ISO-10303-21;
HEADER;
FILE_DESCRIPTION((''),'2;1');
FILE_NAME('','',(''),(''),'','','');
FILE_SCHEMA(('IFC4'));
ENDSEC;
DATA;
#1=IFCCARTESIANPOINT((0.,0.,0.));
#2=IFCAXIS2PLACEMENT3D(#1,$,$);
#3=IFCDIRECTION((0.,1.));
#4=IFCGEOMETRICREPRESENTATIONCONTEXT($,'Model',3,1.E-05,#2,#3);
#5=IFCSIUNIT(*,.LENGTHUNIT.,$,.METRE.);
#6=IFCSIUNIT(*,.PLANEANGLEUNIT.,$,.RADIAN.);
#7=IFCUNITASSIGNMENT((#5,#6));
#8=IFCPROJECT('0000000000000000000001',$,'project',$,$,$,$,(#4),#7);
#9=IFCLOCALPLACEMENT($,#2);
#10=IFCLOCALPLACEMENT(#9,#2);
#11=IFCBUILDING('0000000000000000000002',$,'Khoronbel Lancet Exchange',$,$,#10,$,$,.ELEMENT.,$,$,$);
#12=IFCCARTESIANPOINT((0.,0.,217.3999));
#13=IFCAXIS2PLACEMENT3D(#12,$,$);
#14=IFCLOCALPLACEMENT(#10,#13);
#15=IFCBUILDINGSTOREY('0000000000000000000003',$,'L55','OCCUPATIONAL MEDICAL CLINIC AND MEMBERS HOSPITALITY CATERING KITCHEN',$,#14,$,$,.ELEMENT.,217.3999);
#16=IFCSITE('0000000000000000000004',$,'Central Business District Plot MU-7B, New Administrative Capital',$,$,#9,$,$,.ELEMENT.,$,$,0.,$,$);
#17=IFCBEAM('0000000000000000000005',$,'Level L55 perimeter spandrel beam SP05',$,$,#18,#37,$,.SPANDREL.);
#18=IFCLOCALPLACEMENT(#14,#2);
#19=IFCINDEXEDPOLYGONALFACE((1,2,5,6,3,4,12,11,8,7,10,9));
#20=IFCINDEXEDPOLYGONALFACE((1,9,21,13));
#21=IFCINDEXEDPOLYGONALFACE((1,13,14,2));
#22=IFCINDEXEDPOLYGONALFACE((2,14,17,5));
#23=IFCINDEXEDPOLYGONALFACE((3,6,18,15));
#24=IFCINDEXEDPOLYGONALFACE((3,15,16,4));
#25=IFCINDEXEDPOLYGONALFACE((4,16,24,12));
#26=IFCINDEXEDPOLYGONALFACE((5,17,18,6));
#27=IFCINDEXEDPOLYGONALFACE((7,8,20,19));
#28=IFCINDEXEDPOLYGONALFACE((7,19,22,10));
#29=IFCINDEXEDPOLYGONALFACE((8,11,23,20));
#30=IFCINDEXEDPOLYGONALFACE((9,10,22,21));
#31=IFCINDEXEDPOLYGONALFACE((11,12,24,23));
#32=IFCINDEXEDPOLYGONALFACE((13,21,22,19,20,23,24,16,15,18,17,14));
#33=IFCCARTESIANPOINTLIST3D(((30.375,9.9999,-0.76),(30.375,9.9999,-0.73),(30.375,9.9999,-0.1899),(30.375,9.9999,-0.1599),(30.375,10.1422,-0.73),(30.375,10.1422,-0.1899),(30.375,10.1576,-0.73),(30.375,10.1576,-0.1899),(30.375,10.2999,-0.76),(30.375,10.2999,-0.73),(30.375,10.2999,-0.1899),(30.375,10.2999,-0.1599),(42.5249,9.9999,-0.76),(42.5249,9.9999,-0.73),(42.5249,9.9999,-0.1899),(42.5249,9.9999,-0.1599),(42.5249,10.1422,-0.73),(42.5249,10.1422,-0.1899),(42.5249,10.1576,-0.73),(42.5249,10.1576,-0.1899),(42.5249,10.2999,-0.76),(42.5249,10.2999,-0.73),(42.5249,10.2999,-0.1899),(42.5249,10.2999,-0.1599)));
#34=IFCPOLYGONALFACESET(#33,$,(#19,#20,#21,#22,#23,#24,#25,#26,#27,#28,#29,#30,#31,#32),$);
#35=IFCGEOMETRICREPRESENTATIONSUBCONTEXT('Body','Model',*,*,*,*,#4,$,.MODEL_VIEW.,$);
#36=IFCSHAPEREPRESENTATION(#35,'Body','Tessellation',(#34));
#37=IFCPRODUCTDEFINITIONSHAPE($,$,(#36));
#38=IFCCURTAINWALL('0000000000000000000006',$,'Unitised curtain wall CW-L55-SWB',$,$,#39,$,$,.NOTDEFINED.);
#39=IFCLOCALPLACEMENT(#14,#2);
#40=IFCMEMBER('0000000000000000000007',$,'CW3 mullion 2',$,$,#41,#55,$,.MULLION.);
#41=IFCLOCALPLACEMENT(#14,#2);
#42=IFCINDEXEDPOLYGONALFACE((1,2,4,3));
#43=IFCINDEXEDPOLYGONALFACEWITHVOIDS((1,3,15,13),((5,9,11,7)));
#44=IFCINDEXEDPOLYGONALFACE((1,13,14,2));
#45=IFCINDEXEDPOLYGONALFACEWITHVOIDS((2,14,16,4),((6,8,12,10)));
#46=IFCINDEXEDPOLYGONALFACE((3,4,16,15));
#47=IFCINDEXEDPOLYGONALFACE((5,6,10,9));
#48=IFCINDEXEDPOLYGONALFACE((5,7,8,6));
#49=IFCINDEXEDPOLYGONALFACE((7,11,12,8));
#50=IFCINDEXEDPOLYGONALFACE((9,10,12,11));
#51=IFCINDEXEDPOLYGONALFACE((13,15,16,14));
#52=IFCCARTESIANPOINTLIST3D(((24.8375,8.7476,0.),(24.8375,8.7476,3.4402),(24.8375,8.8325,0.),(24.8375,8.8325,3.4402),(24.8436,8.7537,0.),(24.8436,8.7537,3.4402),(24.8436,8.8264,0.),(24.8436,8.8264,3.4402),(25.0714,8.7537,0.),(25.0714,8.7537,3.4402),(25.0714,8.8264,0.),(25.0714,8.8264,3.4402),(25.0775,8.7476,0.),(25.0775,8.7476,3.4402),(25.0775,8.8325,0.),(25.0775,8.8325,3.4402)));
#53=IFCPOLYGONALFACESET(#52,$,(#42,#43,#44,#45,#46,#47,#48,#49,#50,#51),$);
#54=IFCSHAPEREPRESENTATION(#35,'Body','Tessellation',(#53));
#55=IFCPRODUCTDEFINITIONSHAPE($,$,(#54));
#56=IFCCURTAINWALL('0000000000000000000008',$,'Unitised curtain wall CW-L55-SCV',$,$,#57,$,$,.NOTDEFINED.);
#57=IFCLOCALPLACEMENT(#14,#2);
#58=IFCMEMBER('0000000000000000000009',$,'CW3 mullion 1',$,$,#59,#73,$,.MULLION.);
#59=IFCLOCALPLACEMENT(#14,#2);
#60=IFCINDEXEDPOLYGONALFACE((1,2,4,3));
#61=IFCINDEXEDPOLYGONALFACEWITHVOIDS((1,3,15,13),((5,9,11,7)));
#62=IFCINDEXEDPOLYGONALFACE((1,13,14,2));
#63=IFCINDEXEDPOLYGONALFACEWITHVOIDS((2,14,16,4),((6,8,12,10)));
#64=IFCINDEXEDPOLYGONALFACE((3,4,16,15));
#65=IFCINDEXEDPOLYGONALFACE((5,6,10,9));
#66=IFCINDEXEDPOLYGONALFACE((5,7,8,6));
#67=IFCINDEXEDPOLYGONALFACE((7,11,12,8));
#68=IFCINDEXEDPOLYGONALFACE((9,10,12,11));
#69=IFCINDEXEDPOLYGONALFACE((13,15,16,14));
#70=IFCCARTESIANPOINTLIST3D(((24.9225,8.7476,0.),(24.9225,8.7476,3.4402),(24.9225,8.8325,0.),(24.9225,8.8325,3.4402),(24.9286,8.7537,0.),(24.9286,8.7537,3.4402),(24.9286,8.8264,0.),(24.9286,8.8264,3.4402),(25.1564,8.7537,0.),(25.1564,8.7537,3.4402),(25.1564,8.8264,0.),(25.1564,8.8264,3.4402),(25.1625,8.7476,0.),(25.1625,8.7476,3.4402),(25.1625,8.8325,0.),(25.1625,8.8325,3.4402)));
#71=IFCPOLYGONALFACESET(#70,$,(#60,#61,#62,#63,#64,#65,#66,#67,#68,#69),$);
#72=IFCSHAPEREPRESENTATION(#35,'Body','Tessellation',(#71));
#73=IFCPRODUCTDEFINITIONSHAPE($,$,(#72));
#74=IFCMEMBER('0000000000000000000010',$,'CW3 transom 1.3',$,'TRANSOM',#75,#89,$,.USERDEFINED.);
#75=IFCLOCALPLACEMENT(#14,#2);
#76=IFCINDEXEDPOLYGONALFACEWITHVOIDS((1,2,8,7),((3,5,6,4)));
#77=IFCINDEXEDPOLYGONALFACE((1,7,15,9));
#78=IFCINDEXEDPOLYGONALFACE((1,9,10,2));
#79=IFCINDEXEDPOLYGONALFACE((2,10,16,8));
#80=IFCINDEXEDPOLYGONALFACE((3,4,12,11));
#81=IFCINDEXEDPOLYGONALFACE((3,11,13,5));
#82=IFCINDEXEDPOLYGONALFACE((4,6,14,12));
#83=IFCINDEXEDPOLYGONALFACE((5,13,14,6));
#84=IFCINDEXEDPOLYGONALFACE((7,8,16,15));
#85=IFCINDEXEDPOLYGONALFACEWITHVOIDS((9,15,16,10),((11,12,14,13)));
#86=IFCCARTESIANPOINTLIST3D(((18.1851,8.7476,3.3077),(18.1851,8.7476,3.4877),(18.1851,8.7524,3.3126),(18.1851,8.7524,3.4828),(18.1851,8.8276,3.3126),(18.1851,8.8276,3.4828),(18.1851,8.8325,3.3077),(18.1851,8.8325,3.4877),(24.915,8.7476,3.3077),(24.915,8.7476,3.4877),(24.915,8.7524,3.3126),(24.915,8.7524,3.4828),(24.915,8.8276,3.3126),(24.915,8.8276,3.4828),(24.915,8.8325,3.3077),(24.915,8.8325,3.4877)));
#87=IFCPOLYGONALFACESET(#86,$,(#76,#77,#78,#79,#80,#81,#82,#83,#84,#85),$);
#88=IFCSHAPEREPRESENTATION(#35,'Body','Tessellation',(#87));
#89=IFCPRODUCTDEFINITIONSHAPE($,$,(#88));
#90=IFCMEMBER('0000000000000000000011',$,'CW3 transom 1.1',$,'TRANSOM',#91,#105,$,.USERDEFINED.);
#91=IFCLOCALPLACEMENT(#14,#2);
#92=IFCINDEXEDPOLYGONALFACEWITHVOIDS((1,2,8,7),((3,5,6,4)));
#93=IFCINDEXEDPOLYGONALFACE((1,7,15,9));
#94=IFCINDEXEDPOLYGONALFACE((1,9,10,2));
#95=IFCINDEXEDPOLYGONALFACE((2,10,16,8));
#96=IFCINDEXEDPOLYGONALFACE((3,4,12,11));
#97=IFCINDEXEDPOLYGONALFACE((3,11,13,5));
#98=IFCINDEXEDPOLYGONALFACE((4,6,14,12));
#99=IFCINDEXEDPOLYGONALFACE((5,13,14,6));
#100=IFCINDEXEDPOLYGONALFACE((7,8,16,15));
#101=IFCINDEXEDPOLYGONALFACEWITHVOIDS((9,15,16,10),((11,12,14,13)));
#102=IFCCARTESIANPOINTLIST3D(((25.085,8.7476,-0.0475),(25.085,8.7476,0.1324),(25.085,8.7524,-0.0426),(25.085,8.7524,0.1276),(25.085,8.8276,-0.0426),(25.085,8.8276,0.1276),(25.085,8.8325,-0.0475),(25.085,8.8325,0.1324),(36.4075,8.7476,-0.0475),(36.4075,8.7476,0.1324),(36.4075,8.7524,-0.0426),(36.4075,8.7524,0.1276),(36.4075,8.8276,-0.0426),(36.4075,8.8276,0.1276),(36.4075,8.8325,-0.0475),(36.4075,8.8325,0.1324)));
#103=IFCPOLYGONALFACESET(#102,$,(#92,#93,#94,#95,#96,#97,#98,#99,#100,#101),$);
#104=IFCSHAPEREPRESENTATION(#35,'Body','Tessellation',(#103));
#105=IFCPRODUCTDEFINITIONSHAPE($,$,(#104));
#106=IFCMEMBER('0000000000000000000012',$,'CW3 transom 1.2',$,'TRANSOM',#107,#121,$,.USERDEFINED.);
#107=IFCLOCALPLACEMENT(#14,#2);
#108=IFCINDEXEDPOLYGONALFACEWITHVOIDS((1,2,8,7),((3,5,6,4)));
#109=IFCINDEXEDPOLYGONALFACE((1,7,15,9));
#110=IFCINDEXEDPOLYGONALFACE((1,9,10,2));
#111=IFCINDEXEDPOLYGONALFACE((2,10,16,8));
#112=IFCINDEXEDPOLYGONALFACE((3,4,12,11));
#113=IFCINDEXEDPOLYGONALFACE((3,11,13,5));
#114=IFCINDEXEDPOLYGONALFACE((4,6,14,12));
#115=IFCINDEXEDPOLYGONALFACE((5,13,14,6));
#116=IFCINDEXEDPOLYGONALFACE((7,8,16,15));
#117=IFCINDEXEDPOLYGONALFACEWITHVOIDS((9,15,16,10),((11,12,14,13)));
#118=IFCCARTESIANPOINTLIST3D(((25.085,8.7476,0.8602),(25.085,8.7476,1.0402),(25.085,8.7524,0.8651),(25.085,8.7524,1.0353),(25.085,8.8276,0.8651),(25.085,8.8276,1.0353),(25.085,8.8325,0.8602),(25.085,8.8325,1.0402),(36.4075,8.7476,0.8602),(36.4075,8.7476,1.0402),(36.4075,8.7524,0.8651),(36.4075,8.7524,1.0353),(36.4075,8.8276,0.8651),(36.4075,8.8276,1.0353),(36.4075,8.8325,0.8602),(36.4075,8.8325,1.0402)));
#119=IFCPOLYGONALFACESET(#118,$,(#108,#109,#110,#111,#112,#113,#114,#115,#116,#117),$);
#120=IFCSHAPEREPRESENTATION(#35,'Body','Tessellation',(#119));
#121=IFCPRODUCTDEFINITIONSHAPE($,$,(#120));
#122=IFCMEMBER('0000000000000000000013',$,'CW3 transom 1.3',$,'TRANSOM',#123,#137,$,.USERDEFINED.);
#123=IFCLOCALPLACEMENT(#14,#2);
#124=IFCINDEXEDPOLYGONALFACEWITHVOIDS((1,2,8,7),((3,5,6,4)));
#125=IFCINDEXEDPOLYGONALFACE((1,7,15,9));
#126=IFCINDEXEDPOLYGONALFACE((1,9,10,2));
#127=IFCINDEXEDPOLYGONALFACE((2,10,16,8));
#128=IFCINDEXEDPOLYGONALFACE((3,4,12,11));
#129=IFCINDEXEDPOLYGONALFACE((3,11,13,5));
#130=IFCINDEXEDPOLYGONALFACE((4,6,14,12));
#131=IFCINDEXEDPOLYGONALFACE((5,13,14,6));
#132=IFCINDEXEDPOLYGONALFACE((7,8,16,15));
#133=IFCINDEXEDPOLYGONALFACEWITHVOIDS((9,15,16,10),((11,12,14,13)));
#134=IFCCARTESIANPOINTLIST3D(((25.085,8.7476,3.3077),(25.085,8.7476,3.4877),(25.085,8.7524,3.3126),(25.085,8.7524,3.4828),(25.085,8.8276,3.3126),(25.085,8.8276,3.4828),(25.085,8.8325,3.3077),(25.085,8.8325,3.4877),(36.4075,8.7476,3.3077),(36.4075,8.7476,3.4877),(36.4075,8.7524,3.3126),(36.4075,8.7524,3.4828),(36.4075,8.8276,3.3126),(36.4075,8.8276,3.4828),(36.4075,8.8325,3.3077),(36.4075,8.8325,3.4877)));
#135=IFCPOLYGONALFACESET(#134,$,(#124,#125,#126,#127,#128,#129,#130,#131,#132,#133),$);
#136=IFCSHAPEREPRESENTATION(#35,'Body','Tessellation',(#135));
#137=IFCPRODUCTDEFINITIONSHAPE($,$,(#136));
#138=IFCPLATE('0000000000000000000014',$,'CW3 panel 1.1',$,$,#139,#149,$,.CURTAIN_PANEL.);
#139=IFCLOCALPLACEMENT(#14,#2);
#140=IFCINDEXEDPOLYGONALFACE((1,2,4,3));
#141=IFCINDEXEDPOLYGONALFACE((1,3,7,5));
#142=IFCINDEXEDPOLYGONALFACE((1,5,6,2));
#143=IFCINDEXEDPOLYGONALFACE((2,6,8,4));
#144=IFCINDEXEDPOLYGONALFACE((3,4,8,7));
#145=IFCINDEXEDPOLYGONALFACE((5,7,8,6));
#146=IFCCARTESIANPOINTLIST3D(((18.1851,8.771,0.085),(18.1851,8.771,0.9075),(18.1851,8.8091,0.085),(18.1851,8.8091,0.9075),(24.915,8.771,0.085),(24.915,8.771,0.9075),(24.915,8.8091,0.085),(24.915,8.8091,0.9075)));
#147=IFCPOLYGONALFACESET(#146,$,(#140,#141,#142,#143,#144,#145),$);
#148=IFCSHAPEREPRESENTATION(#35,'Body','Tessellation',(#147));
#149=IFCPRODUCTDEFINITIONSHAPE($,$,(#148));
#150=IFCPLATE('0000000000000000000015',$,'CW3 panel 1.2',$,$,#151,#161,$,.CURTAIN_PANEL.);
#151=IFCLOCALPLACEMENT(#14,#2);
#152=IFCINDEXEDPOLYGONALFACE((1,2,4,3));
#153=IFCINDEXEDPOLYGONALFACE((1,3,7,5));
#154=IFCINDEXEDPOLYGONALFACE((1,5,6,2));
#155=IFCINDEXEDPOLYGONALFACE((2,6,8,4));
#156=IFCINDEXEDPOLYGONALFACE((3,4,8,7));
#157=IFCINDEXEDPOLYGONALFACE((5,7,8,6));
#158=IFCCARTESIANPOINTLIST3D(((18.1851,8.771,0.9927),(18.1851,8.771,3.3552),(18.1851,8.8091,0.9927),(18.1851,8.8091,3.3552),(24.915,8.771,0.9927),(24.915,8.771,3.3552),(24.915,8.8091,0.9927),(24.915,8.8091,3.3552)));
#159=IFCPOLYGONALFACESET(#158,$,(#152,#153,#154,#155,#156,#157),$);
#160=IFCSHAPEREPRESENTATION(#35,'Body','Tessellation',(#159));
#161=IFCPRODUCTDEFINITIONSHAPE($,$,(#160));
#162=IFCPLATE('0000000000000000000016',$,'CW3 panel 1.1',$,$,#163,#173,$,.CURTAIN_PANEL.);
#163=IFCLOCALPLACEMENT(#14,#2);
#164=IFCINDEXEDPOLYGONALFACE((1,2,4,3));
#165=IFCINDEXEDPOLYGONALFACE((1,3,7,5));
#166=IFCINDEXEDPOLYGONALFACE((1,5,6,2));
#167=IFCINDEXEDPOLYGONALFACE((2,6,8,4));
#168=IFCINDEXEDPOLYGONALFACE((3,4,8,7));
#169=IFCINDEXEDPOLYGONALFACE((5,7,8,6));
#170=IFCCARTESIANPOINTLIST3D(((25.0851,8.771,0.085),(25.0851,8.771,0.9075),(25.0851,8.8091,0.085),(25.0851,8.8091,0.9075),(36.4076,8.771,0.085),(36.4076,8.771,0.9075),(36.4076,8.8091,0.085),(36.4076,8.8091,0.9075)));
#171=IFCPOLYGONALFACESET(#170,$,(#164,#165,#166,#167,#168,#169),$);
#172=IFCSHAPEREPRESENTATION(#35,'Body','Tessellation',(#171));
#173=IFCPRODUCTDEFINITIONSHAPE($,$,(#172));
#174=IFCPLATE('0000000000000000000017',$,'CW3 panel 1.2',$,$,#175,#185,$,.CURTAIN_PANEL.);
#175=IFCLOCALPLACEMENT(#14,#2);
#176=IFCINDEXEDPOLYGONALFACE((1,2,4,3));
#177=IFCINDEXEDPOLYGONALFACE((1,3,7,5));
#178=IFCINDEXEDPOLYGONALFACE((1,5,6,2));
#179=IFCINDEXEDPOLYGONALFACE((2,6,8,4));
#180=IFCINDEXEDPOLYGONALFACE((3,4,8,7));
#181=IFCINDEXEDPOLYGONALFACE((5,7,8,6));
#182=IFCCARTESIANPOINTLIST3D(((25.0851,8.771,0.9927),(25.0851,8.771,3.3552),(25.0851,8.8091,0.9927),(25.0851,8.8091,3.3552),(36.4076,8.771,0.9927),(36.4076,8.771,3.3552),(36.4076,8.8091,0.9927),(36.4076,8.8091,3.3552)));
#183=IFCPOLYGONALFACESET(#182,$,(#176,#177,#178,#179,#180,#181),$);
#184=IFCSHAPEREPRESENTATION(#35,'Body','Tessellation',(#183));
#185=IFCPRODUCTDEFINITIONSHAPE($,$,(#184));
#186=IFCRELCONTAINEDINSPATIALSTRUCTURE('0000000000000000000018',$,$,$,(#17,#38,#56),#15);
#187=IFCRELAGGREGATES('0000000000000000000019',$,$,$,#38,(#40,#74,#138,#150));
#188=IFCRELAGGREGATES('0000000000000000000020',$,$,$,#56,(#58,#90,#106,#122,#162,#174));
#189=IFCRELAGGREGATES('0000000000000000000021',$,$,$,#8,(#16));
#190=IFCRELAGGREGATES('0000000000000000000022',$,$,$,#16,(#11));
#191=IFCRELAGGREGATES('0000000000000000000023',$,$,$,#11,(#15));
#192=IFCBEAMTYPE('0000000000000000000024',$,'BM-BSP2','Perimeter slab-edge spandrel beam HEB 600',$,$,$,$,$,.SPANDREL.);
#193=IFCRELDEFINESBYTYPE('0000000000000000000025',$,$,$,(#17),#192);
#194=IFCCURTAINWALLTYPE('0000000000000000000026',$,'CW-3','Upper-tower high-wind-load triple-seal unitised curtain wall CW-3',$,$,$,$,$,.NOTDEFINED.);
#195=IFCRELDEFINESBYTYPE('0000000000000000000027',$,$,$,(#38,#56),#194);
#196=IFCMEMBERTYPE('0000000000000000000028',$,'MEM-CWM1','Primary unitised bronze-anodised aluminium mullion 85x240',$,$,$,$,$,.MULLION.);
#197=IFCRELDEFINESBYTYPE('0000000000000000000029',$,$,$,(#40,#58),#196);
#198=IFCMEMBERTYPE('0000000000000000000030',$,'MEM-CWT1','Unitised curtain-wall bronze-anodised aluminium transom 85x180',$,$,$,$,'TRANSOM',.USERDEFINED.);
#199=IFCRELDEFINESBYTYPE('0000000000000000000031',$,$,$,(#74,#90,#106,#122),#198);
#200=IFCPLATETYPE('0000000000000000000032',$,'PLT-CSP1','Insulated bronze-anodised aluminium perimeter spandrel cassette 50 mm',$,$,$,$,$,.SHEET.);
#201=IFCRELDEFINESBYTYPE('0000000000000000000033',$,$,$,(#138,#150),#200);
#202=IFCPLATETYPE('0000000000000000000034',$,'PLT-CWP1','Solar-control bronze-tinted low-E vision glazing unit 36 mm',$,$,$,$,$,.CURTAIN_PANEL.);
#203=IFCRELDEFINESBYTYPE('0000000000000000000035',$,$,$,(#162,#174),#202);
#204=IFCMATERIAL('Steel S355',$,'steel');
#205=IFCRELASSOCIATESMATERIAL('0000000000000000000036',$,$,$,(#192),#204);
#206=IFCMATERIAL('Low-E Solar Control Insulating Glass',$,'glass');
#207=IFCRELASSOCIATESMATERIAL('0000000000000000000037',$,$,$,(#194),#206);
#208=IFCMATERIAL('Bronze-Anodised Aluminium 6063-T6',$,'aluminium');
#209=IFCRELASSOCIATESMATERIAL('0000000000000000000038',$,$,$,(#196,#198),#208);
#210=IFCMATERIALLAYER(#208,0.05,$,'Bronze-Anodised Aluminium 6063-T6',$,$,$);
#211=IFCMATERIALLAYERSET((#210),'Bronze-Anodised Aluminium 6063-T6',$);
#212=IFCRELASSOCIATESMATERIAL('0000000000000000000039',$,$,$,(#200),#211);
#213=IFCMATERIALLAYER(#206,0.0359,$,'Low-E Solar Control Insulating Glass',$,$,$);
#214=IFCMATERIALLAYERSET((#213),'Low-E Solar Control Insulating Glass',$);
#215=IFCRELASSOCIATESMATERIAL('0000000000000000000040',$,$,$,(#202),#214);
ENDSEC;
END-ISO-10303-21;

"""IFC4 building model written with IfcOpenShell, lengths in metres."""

from ifc_helpers import new_model, si_unit, direction, frame, origin, origin_2d, place, context, subcontext, project, spatial, rectangle, hollow_rectangle, i_section, extrude, material, layer, layer_set, material_profile, profile_set, type_object, element, aggregate, save


model = new_model("IFC4")

# Units and contexts
model_context = context("Model", 3, precision=1e-05, world=origin(), true_north=direction((0.0, 1.0)))
body_context = subcontext(model_context, "Body", "Model", "MODEL_VIEW")
ifc_project = project(units=[si_unit("LENGTHUNIT", "METRE"), si_unit("PLANEANGLEUNIT", "RADIAN")], contexts=[model_context])

# Site, building, storey
site_placement = place(None, origin())
site = spatial("IfcSite", under=ifc_project, at=site_placement, Name="Central Business District Plot MU-7B, New Administrative Capital", CompositionType="ELEMENT", RefElevation=0.0)
building_placement = place(site_placement, origin())
building = spatial("IfcBuilding", under=site, at=building_placement, Name="Khoronbel Lancet Exchange", CompositionType="ELEMENT")
storey_placement = place(building_placement, frame((0.0, 0.0, 217.3999)))
storey = spatial("IfcBuildingStorey", under=building, at=storey_placement, Name="L55", Description="OCCUPATIONAL MEDICAL CLINIC AND MEMBERS HOSPITALITY CATERING KITCHEN", CompositionType="ELEMENT", Elevation=217.3999)

# Beam
ifc_material_1 = material(Name="Steel S355", Category="steel")
ifc_material_profile_1 = material_profile(ifc_material_1, i_section(OverallWidth=0.3, OverallDepth=0.6001, WebThickness=0.0154, FlangeThickness=0.03, at=origin_2d()), Name="HEB 600")
ifc_profile_set_1 = profile_set([ifc_material_profile_1], Name="Steel S355")
beam_type_1 = type_object("IfcBeamType", Name="BM-BSP2", Description="Perimeter slab-edge spandrel beam HEB 600", PredefinedType="SPANDREL", material=ifc_profile_set_1)
beam_1_placement = place(storey_placement, frame((30.375, 10.1499, -0.46), z_axis=(1.0, 0.0, 0.0), x_axis=(0.0, 1.0, 0.0)))
element("IfcBeam", 1, at=beam_1_placement, inside=storey, type_object=beam_type_1, Name="Level L55 perimeter spandrel beam SP05", PredefinedType="SPANDREL", context=body_context, shape_type="SweptSolid", body=[
    extrude(i_section(OverallWidth=0.3, OverallDepth=0.6001, WebThickness=0.0154, FlangeThickness=0.03, at=origin_2d()), origin(), (0.0, 0.0, 1.0), 12.1499),
])

# Curtain walls, members
ifc_material_2 = material(Name="Low-E Solar Control Insulating Glass", Category="glass")
curtain_wall_type = type_object("IfcCurtainWallType", Name="CW-3", Description="Upper-tower high-wind-load triple-seal unitised curtain wall CW-3", PredefinedType="NOTDEFINED", material=ifc_material_2)
curtain_wall_1_placement = place(storey_placement, origin())
curtain_wall_1 = element("IfcCurtainWall", 2, at=curtain_wall_1_placement, inside=storey, type_object=curtain_wall_type, Name="Unitised curtain wall CW-L55-SWB", PredefinedType="NOTDEFINED")
ifc_material_3 = material(Name="Bronze-Anodised Aluminium 6063-T6", Category="aluminium")
ifc_material_profile_2 = material_profile(ifc_material_3, hollow_rectangle(XDim=0.085, YDim=0.24, WallThickness=0.0061, at=origin_2d()), Name="ALU MULLION 85x240")
ifc_profile_set_2 = profile_set([ifc_material_profile_2], Name="Bronze-Anodised Aluminium 6063-T6")
member_type_1 = type_object("IfcMemberType", Name="MEM-CWM1", Description="Primary unitised bronze-anodised aluminium mullion 85x240", PredefinedType="MULLION", material=ifc_profile_set_2)
member_1_placement = place(storey_placement, frame((24.9575, 8.79, 0.0), z_axis=(0.0, 0.0, 1.0), x_axis=(0.0, 1.0, 0.0)))
member_1 = element("IfcMember", 3, at=member_1_placement, type_object=member_type_1, Name="CW3 mullion 2", PredefinedType="MULLION", context=body_context, shape_type="SweptSolid", body=[
    extrude(hollow_rectangle(XDim=0.085, YDim=0.24, WallThickness=0.0061, at=origin_2d()), origin(), (0.0, 0.0, 1.0), 3.4402),
])
curtain_wall_2_placement = place(storey_placement, origin())
curtain_wall_2 = element("IfcCurtainWall", 4, at=curtain_wall_2_placement, inside=storey, type_object=curtain_wall_type, Name="Unitised curtain wall CW-L55-SCV", PredefinedType="NOTDEFINED")
member_2_placement = place(storey_placement, frame((25.0425, 8.79, 0.0), z_axis=(0.0, 0.0, 1.0), x_axis=(0.0, 1.0, 0.0)))
member_2 = element("IfcMember", 5, at=member_2_placement, type_object=member_type_1, Name="CW3 mullion 1", PredefinedType="MULLION", context=body_context, shape_type="SweptSolid", body=[
    extrude(hollow_rectangle(XDim=0.085, YDim=0.24, WallThickness=0.0061, at=origin_2d()), origin(), (0.0, 0.0, 1.0), 3.4402),
])

# Members
ifc_material_profile_3 = material_profile(ifc_material_3, hollow_rectangle(XDim=0.085, YDim=0.1799, WallThickness=0.0049, at=origin_2d()), Name="ALU TRANSOM 85x180")
ifc_profile_set_3 = profile_set([ifc_material_profile_3], Name="Bronze-Anodised Aluminium 6063-T6")
member_type_2 = type_object("IfcMemberType", Name="MEM-CWT1", Description="Unitised curtain-wall bronze-anodised aluminium transom 85x180", ElementType="TRANSOM", PredefinedType="USERDEFINED", material=ifc_profile_set_3)
member_3_placement = place(storey_placement, frame((18.1851, 8.79, 3.3977), z_axis=(1.0, 0.0, 0.0), x_axis=(0.0, 1.0, 0.0)))
member_3 = element("IfcMember", 6, at=member_3_placement, type_object=member_type_2, Name="CW3 transom 1.3", ObjectType="TRANSOM", PredefinedType="USERDEFINED", context=body_context, shape_type="SweptSolid", body=[
    extrude(hollow_rectangle(XDim=0.085, YDim=0.1799, WallThickness=0.0049, at=origin_2d()), origin(), (0.0, 0.0, 1.0), 6.73),
])
member_4_placement = place(storey_placement, frame((25.085, 8.79, 0.0425), z_axis=(1.0, 0.0, 0.0), x_axis=(0.0, 1.0, 0.0)))
member_4 = element("IfcMember", 7, at=member_4_placement, type_object=member_type_2, Name="CW3 transom 1.1", ObjectType="TRANSOM", PredefinedType="USERDEFINED", context=body_context, shape_type="SweptSolid", body=[
    extrude(hollow_rectangle(XDim=0.085, YDim=0.1799, WallThickness=0.0049, at=origin_2d()), origin(), (0.0, 0.0, 1.0), 11.3225),
])
member_5_placement = place(storey_placement, frame((25.085, 8.79, 0.9502), z_axis=(1.0, 0.0, 0.0), x_axis=(0.0, 1.0, 0.0)))
member_5 = element("IfcMember", 8, at=member_5_placement, type_object=member_type_2, Name="CW3 transom 1.2", ObjectType="TRANSOM", PredefinedType="USERDEFINED", context=body_context, shape_type="SweptSolid", body=[
    extrude(hollow_rectangle(XDim=0.085, YDim=0.1799, WallThickness=0.0049, at=origin_2d()), origin(), (0.0, 0.0, 1.0), 11.3225),
])
member_6_placement = place(storey_placement, frame((25.085, 8.79, 3.3977), z_axis=(1.0, 0.0, 0.0), x_axis=(0.0, 1.0, 0.0)))
member_6 = element("IfcMember", 9, at=member_6_placement, type_object=member_type_2, Name="CW3 transom 1.3", ObjectType="TRANSOM", PredefinedType="USERDEFINED", context=body_context, shape_type="SweptSolid", body=[
    extrude(hollow_rectangle(XDim=0.085, YDim=0.1799, WallThickness=0.0049, at=origin_2d()), origin(), (0.0, 0.0, 1.0), 11.3225),
])

# Plates
ifc_layer_1 = layer(ifc_material_3, 0.05, Name="Bronze-Anodised Aluminium 6063-T6")
ifc_layer_set_1 = layer_set([ifc_layer_1], Name="Bronze-Anodised Aluminium 6063-T6")
plate_type_1 = type_object("IfcPlateType", Name="PLT-CSP1", Description="Insulated bronze-anodised aluminium perimeter spandrel cassette 50 mm", PredefinedType="SHEET", material=ifc_layer_set_1)
plate_1_placement = place(storey_placement, frame((21.55, 8.79, 0.085), z_axis=(0.0, 0.0, 1.0), x_axis=(1.0, 0.0, 0.0)))
plate_1 = element("IfcPlate", 10, at=plate_1_placement, type_object=plate_type_1, Name="CW3 panel 1.1", PredefinedType="CURTAIN_PANEL", context=body_context, shape_type="SweptSolid", body=[
    extrude(rectangle(XDim=6.73, YDim=0.0381, at=origin_2d()), origin(), (0.0, 0.0, 1.0), 0.8225),
])
plate_2_placement = place(storey_placement, frame((21.55, 8.79, 0.9927), z_axis=(0.0, 0.0, 1.0), x_axis=(1.0, 0.0, 0.0)))
plate_2 = element("IfcPlate", 11, at=plate_2_placement, type_object=plate_type_1, Name="CW3 panel 1.2", PredefinedType="CURTAIN_PANEL", context=body_context, shape_type="SweptSolid", body=[
    extrude(rectangle(XDim=6.73, YDim=0.0381, at=origin_2d()), origin(), (0.0, 0.0, 1.0), 2.3625),
])
aggregate(curtain_wall_1, [member_1, member_3, plate_1, plate_2])
ifc_layer_2 = layer(ifc_material_2, 0.0359, Name="Low-E Solar Control Insulating Glass")
ifc_layer_set_2 = layer_set([ifc_layer_2], Name="Low-E Solar Control Insulating Glass")
plate_type_2 = type_object("IfcPlateType", Name="PLT-CWP1", Description="Solar-control bronze-tinted low-E vision glazing unit 36 mm", PredefinedType="CURTAIN_PANEL", material=ifc_layer_set_2)
plate_3_placement = place(storey_placement, frame((30.7463, 8.79, 0.085), z_axis=(0.0, 0.0, 1.0), x_axis=(1.0, 0.0, 0.0)))
plate_3 = element("IfcPlate", 12, at=plate_3_placement, type_object=plate_type_2, Name="CW3 panel 1.1", PredefinedType="CURTAIN_PANEL", context=body_context, shape_type="SweptSolid", body=[
    extrude(rectangle(XDim=11.3225, YDim=0.0381, at=origin_2d()), origin(), (0.0, 0.0, 1.0), 0.8225),
])
plate_4_placement = place(storey_placement, frame((30.7463, 8.79, 0.9927), z_axis=(0.0, 0.0, 1.0), x_axis=(1.0, 0.0, 0.0)))
plate_4 = element("IfcPlate", 13, at=plate_4_placement, type_object=plate_type_2, Name="CW3 panel 1.2", PredefinedType="CURTAIN_PANEL", context=body_context, shape_type="SweptSolid", body=[
    extrude(rectangle(XDim=11.3225, YDim=0.0381, at=origin_2d()), origin(), (0.0, 0.0, 1.0), 2.3625),
])
aggregate(curtain_wall_2, [member_2, member_4, member_5, member_6, plate_3, plate_4])

save(model, "model.ifc")
